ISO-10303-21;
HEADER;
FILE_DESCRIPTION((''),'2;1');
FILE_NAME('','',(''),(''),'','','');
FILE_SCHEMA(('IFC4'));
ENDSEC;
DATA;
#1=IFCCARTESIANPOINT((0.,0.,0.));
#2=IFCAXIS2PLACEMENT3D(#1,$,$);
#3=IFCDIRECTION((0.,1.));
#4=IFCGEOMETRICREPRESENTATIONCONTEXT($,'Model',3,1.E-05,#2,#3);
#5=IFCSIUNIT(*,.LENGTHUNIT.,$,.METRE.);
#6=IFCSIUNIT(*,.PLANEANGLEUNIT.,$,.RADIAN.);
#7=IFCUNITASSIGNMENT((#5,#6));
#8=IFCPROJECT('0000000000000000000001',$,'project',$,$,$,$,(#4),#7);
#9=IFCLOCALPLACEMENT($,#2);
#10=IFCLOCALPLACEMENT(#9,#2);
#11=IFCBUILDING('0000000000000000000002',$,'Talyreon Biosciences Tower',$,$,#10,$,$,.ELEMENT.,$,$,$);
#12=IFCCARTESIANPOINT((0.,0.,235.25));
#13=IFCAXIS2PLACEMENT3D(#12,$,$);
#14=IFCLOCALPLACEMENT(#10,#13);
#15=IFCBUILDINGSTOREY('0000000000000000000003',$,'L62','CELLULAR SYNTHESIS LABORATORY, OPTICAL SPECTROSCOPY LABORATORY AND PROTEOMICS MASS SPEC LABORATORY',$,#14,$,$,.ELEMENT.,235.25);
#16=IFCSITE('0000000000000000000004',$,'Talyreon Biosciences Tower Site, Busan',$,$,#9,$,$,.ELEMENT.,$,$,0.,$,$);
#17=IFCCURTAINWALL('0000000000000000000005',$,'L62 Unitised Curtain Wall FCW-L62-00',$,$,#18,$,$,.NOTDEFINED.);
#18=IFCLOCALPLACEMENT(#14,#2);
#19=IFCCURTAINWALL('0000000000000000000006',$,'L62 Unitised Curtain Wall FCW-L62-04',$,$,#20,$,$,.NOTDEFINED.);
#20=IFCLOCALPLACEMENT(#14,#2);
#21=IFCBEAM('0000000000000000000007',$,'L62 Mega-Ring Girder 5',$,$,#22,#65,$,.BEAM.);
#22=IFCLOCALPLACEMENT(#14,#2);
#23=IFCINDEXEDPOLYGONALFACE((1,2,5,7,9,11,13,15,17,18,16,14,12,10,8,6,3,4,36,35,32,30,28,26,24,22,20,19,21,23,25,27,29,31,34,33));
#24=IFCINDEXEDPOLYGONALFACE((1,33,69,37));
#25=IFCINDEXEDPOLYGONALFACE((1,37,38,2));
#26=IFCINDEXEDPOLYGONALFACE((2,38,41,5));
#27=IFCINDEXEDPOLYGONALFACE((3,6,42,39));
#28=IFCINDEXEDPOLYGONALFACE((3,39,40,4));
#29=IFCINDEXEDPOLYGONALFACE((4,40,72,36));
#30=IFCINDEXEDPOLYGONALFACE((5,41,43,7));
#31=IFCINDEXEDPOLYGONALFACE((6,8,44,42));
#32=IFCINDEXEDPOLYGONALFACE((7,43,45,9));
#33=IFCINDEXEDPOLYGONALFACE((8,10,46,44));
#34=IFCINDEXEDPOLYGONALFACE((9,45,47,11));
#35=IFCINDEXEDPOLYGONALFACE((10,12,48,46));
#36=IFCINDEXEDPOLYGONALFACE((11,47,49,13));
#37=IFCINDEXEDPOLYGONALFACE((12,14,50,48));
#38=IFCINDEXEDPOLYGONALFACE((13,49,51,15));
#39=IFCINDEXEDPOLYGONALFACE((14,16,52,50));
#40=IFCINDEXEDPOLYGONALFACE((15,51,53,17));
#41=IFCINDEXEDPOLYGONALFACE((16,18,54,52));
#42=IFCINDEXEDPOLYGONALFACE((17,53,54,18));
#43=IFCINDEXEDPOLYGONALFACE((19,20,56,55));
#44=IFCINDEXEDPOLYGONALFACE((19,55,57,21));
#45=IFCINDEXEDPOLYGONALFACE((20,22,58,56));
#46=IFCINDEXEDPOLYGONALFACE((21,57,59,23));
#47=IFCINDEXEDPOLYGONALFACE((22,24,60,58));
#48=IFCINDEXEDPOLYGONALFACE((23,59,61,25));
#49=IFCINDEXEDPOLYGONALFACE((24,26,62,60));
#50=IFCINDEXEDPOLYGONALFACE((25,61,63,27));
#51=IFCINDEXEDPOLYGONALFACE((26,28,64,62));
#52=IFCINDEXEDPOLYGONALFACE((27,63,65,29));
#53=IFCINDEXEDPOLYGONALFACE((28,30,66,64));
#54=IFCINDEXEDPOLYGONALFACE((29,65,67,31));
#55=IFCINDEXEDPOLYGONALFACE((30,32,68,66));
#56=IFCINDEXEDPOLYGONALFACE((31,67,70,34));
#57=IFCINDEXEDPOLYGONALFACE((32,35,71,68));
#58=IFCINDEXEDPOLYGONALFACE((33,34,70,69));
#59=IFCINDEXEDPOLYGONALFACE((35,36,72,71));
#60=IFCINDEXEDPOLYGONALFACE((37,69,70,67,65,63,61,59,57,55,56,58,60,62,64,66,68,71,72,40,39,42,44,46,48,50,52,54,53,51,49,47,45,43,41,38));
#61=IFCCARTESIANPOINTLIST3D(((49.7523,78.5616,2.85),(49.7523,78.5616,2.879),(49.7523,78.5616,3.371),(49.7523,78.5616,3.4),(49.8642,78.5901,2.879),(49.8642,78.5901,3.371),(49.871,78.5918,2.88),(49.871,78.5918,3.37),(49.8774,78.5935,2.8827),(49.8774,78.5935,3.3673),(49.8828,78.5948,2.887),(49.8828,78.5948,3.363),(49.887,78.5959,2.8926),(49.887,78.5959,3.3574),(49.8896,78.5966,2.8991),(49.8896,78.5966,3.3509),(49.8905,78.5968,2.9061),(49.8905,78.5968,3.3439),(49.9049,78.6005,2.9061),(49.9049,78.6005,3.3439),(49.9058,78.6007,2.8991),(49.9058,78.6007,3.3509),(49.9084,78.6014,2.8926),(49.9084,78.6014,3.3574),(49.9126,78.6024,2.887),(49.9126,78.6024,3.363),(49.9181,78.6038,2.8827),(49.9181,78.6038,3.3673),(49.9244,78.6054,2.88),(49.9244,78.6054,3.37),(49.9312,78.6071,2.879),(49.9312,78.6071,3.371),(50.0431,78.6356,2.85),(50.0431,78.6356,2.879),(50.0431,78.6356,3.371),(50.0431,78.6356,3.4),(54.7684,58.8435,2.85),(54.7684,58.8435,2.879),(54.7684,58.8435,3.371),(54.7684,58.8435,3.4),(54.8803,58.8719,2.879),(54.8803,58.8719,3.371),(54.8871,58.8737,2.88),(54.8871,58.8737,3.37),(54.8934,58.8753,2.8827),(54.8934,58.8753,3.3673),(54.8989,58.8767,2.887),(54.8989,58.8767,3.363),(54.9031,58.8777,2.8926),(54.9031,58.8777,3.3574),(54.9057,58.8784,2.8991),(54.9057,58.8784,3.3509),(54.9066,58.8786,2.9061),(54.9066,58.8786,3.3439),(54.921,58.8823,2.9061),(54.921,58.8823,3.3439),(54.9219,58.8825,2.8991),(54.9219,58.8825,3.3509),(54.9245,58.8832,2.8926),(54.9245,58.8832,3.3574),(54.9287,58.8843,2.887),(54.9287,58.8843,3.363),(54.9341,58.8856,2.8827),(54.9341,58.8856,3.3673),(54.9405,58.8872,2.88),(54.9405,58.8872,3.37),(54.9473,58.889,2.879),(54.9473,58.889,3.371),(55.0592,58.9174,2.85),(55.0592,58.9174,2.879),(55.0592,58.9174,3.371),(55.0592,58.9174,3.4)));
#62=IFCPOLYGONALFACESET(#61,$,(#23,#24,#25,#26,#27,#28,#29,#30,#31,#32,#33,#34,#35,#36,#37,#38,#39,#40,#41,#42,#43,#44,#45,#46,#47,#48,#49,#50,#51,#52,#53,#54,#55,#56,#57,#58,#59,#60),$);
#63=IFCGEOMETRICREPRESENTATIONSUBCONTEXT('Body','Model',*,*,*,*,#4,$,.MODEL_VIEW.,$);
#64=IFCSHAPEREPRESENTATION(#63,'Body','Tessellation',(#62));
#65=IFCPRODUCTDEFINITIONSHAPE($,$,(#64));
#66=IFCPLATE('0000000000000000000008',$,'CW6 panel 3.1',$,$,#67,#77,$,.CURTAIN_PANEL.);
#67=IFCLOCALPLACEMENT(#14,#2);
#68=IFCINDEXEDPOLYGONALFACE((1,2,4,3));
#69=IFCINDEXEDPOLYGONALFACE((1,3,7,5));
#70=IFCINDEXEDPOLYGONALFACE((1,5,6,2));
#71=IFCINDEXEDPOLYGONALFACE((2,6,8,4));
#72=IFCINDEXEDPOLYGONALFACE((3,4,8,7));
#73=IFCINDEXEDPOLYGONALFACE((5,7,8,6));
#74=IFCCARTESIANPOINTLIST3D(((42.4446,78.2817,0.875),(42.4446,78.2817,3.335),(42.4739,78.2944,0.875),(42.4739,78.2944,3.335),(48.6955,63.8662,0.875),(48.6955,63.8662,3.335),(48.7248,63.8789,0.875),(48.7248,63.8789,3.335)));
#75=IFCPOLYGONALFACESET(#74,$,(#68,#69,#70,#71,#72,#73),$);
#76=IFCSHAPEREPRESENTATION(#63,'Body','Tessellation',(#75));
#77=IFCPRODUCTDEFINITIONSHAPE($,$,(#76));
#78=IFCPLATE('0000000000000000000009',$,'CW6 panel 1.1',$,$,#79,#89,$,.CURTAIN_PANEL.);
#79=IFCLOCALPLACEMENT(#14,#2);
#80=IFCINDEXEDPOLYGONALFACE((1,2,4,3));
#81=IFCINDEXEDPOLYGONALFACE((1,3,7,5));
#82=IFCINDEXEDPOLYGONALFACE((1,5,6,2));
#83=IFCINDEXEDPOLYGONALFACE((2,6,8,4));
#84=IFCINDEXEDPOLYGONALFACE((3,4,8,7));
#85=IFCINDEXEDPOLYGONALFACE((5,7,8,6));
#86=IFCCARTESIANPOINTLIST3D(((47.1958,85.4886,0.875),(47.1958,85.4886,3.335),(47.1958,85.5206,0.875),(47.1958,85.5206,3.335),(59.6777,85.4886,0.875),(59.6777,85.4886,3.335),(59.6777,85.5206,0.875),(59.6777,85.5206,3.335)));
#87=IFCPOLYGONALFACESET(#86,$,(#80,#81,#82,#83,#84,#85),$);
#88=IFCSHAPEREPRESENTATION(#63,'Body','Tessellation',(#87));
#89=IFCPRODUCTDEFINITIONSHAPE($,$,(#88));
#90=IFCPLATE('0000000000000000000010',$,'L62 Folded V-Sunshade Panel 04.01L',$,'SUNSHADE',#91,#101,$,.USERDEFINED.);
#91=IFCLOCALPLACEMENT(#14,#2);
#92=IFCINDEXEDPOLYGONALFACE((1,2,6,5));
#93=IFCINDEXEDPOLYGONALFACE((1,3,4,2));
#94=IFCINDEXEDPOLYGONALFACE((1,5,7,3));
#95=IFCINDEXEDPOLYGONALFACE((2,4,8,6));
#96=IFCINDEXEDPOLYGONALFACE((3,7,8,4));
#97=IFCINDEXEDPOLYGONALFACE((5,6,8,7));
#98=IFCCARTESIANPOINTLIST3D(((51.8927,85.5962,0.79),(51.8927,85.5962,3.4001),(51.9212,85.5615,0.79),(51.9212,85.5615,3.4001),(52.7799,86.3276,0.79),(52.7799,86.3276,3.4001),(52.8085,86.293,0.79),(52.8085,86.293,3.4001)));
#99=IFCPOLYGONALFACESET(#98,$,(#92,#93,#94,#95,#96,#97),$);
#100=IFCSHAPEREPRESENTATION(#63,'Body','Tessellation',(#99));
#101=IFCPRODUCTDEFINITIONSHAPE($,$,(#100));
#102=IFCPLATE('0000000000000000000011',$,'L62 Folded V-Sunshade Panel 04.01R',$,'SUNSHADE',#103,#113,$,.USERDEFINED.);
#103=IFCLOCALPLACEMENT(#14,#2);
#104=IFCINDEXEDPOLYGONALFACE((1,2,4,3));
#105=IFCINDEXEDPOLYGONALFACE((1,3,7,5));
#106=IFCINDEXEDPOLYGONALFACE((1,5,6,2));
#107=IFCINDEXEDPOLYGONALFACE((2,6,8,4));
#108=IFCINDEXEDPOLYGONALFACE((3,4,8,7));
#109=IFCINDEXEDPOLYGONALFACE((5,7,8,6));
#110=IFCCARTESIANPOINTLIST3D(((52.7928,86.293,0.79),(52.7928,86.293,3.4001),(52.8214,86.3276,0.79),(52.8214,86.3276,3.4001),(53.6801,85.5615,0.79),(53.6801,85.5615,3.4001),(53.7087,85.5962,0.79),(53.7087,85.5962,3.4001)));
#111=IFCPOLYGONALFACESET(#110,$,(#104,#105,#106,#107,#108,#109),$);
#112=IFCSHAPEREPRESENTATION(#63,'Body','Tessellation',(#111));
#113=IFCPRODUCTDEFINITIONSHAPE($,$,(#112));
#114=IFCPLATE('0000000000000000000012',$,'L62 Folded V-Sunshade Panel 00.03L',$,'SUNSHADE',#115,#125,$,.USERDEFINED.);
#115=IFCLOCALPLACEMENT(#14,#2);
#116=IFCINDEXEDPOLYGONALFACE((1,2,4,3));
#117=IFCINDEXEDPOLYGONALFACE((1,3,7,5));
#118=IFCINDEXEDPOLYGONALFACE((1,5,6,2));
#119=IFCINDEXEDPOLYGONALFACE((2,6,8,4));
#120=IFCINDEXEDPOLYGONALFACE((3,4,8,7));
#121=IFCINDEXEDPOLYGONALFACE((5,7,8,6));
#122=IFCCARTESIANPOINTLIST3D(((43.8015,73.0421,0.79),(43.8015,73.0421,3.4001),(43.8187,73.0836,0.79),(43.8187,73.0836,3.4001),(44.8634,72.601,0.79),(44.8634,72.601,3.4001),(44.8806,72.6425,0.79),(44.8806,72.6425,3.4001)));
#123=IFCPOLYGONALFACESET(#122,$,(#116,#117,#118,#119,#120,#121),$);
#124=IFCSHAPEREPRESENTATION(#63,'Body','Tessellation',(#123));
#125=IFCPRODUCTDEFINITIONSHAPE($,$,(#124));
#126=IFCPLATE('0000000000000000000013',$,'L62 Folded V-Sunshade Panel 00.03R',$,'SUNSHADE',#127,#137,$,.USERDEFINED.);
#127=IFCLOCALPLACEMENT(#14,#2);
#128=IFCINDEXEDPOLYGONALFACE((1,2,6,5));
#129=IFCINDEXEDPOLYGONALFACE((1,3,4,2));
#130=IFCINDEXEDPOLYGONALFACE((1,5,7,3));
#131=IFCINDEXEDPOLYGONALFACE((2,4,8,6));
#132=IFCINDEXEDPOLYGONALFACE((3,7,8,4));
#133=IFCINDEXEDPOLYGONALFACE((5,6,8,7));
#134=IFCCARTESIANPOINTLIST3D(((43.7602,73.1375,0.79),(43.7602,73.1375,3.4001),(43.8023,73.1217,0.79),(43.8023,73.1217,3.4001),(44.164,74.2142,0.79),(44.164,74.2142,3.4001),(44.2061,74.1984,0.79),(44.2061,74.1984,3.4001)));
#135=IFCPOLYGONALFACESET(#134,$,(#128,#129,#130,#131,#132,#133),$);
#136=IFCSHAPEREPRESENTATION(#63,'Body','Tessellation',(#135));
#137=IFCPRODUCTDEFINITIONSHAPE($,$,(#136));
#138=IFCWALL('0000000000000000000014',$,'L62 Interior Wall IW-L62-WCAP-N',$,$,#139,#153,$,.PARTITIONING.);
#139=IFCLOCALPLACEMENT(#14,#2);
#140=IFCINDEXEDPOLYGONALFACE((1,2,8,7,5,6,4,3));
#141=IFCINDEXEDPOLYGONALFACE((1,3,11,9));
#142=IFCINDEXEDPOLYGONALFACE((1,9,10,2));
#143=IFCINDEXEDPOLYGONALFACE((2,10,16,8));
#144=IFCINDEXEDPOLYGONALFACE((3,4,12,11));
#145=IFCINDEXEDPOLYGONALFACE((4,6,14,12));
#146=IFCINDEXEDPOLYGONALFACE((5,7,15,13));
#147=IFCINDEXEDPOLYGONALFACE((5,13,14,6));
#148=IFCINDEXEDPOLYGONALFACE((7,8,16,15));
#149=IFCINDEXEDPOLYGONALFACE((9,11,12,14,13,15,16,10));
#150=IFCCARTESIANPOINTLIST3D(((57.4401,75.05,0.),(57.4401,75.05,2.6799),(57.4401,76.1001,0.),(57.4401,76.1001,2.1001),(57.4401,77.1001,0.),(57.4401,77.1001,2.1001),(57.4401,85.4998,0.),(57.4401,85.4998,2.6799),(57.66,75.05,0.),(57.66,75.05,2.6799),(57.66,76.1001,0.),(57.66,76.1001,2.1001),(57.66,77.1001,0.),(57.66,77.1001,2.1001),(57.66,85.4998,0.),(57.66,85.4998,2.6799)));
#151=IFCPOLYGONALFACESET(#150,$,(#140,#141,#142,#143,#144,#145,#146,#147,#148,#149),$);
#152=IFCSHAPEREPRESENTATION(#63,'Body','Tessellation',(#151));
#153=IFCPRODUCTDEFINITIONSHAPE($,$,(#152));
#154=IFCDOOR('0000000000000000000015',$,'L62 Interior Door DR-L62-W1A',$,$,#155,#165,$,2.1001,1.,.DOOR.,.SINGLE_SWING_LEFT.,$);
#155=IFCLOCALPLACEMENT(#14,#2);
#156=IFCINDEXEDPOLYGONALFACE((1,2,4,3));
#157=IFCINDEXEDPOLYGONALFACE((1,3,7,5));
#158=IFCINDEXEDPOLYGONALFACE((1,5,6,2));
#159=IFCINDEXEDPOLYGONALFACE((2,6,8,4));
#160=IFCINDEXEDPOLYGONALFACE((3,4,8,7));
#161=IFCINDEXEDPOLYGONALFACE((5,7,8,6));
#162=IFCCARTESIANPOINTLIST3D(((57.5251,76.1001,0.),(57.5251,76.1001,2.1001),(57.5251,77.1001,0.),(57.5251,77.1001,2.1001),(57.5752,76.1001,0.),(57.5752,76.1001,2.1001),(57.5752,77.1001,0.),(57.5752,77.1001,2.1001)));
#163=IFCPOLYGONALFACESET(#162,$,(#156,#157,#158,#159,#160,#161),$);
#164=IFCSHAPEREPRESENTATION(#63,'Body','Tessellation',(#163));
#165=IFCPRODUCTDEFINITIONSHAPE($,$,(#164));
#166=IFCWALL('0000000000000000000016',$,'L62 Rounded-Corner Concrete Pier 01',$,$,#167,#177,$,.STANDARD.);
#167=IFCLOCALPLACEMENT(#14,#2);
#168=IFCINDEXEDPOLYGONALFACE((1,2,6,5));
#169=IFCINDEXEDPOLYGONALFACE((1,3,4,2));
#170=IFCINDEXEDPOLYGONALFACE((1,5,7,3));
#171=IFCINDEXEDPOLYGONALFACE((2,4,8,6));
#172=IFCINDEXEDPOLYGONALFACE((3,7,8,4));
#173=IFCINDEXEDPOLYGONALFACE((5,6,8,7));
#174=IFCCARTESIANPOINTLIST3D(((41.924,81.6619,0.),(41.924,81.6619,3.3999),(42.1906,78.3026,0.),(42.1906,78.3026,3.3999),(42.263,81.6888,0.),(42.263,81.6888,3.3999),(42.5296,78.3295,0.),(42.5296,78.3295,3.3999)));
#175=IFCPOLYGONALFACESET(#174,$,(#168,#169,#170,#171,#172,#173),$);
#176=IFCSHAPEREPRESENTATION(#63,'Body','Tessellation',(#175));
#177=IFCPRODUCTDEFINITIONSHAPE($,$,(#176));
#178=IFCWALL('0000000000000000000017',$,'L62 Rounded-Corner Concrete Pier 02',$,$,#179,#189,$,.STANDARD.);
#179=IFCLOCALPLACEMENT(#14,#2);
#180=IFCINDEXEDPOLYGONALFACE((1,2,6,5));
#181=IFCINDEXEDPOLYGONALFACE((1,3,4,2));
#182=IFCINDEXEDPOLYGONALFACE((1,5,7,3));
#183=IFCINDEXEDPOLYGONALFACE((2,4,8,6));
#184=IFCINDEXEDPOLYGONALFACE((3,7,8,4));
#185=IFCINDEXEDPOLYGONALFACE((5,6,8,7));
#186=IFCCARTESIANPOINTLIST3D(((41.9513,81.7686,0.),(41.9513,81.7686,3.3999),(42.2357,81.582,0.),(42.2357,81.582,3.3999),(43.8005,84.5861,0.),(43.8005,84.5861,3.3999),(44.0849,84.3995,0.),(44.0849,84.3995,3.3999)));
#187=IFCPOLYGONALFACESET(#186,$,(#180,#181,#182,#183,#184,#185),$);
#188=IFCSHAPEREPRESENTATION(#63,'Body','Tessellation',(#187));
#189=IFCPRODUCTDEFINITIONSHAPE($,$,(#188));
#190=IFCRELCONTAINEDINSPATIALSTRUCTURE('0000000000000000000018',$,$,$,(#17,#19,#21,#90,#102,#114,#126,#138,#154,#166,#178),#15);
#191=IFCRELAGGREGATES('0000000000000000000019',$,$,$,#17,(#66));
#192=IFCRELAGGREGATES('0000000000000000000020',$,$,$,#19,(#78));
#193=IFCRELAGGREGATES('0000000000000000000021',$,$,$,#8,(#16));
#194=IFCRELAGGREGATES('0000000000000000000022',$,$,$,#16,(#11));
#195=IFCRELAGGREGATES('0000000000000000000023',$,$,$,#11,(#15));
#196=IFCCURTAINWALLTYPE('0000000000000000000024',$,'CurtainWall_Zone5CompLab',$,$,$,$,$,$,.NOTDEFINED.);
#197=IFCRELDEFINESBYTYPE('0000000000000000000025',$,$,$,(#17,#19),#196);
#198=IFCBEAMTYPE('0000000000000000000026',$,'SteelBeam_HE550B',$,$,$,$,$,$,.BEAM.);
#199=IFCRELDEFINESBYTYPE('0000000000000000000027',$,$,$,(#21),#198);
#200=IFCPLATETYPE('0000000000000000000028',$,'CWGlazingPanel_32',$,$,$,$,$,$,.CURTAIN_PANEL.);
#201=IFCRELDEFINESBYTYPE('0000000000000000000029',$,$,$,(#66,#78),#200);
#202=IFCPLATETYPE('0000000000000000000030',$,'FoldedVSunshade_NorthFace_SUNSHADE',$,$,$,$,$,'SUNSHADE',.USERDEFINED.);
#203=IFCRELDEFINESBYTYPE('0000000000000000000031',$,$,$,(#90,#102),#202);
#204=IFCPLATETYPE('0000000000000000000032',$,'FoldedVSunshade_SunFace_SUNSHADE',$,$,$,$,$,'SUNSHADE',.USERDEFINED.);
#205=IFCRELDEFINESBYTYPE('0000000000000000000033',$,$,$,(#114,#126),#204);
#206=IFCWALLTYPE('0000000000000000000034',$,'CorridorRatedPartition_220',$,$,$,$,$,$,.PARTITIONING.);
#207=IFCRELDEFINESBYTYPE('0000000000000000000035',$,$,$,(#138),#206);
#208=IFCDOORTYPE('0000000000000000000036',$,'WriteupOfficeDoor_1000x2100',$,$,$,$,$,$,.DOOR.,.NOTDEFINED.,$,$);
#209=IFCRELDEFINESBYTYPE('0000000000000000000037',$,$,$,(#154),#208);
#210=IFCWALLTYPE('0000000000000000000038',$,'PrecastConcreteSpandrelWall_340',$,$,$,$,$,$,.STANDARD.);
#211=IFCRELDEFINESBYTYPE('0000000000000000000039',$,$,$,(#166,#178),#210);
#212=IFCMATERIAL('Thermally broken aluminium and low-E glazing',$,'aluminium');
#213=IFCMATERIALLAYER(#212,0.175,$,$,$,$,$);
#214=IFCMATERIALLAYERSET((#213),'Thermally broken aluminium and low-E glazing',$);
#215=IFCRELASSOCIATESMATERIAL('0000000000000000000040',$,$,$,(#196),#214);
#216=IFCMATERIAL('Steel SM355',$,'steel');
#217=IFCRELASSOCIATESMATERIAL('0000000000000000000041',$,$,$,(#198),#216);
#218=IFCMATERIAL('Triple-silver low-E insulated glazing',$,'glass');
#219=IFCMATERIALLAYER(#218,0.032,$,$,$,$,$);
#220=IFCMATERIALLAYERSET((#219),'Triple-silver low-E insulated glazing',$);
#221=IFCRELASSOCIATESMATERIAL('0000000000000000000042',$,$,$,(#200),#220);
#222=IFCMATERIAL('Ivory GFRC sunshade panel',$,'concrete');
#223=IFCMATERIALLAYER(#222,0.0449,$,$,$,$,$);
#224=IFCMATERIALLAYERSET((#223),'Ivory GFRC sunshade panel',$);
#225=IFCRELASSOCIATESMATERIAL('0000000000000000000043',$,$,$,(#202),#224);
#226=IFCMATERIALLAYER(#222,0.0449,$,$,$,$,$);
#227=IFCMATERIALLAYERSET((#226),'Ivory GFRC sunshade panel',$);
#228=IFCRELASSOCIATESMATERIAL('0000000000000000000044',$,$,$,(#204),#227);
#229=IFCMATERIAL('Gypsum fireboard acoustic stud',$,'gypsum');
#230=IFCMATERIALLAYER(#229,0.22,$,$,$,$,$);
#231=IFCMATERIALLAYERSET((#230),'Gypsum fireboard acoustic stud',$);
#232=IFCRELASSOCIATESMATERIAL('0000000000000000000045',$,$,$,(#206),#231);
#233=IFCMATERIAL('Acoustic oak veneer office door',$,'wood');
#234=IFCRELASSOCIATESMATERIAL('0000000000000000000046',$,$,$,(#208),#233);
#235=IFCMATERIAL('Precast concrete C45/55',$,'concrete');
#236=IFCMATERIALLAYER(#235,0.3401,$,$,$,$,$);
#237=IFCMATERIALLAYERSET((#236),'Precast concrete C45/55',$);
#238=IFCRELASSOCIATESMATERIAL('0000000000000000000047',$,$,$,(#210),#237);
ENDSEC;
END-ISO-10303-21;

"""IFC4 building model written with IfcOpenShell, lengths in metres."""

from ifc_helpers import new_model, si_unit, direction, frame, frame_2d, origin, origin_2d, place, context, subcontext, project, spatial, rectangle, i_section, extrude, material, layer, layer_set, material_profile, profile_set, type_object, element, fill, aggregate, save


model = new_model("IFC4")

# Units and contexts
model_context = context("Model", 3, precision=1e-05, world=origin(), true_north=direction((0.0, 1.0)))
body_context = subcontext(model_context, "Body", "Model", "MODEL_VIEW")
ifc_project = project(units=[si_unit("LENGTHUNIT", "METRE"), si_unit("PLANEANGLEUNIT", "RADIAN")], contexts=[model_context])

# Site, building, storey
site_placement = place(None, origin())
site = spatial("IfcSite", under=ifc_project, at=site_placement, Name="Talyreon Biosciences Tower Site, Busan", CompositionType="ELEMENT", RefElevation=0.0)
building_placement = place(site_placement, origin())
building = spatial("IfcBuilding", under=site, at=building_placement, Name="Talyreon Biosciences Tower", CompositionType="ELEMENT")
storey_placement = place(building_placement, frame((0.0, 0.0, 235.25)))
storey = spatial("IfcBuildingStorey", under=building, at=storey_placement, Name="L62", Description="CELLULAR SYNTHESIS LABORATORY, OPTICAL SPECTROSCOPY LABORATORY AND PROTEOMICS MASS SPEC LABORATORY", CompositionType="ELEMENT", Elevation=235.25)

# Curtain walls
ifc_material_1 = material(Name="Thermally broken aluminium and low-E glazing", Category="aluminium")
ifc_layer_1 = layer(ifc_material_1, 0.175)
ifc_layer_set_1 = layer_set([ifc_layer_1], Name="Thermally broken aluminium and low-E glazing")
curtain_wall_type = type_object("IfcCurtainWallType", Name="CurtainWall_Zone5CompLab", PredefinedType="NOTDEFINED", material=ifc_layer_set_1)
curtain_wall_1_placement = place(storey_placement, origin())
curtain_wall_1 = element("IfcCurtainWall", 1, at=curtain_wall_1_placement, inside=storey, type_object=curtain_wall_type, Name="L62 Unitised Curtain Wall FCW-L62-00", PredefinedType="NOTDEFINED")
curtain_wall_2_placement = place(storey_placement, origin())
curtain_wall_2 = element("IfcCurtainWall", 2, at=curtain_wall_2_placement, inside=storey, type_object=curtain_wall_type, Name="L62 Unitised Curtain Wall FCW-L62-04", PredefinedType="NOTDEFINED")

# Beam
ifc_material_2 = material(Name="Precast concrete C45/55", Category="concrete")
ifc_material_3 = material(Name="Steel SM355", Category="steel")
ifc_material_profile_1 = material_profile(ifc_material_3, i_section(OverallWidth=0.3, OverallDepth=0.55, WebThickness=0.0149, FlangeThickness=0.0291, FilletRadius=0.0271, at=origin_2d()), Name="HE550B")
ifc_profile_set_1 = profile_set([ifc_material_profile_1], Name="Steel SM355")
beam_type_1 = type_object("IfcBeamType", Name="SteelBeam_HE550B", PredefinedType="BEAM", material=ifc_profile_set_1)
beam_1_placement = place(storey_placement, frame((49.8977, 78.5986, 3.125), z_axis=(0.246537, -0.969133, 0.0), x_axis=(0.969133, 0.246537, 0.0)))
element("IfcBeam", 3, at=beam_1_placement, inside=storey, type_object=beam_type_1, Name="L62 Mega-Ring Girder 5", PredefinedType="BEAM", context=body_context, shape_type="SweptSolid", body=[
    extrude(i_section(OverallWidth=0.3, OverallDepth=0.55, WebThickness=0.0149, FlangeThickness=0.0291, FilletRadius=0.0271, at=origin_2d()), origin(), (0.0, 0.0, 1.0), 20.3462),
])

# Plates
ifc_material_4 = material(Name="Triple-silver low-E insulated glazing", Category="glass")
ifc_layer_2 = layer(ifc_material_4, 0.032)
ifc_layer_set_2 = layer_set([ifc_layer_2], Name="Triple-silver low-E insulated glazing")
plate_type_1 = type_object("IfcPlateType", Name="CWGlazingPanel_32", PredefinedType="CURTAIN_PANEL", material=ifc_layer_set_2)
plate_1_placement = place(storey_placement, frame((45.5847, 71.0803, 0.875), z_axis=(0.0, 0.0, 1.0), x_axis=(-0.397832, 0.917458, 0.0)))
plate_1 = element("IfcPlate", 4, at=plate_1_placement, type_object=plate_type_1, Name="CW6 panel 3.1", PredefinedType="CURTAIN_PANEL", context=body_context, shape_type="SweptSolid", body=[
    extrude(rectangle(XDim=15.7124, YDim=0.032, at=origin_2d()), origin(), (0.0, 0.0, 1.0), 2.46),
])
aggregate(curtain_wall_1, [plate_1])
plate_2_placement = place(storey_placement, frame((53.4368, 85.5046, 0.875), z_axis=(0.0, 0.0, 1.0), x_axis=(1.0, 0.0, 0.0)))
plate_2 = element("IfcPlate", 5, at=plate_2_placement, type_object=plate_type_1, Name="CW6 panel 1.1", PredefinedType="CURTAIN_PANEL", context=body_context, shape_type="SweptSolid", body=[
    extrude(rectangle(XDim=12.4819, YDim=0.032, at=origin_2d()), origin(), (0.0, 0.0, 1.0), 2.46),
])
aggregate(curtain_wall_2, [plate_2])

# Plates
ifc_material_5 = material(Name="Ivory GFRC sunshade panel", Category="concrete")
ifc_layer_3 = layer(ifc_material_5, 0.0449)
ifc_layer_set_3 = layer_set([ifc_layer_3], Name="Ivory GFRC sunshade panel")
plate_type_2 = type_object("IfcPlateType", Name="FoldedVSunshade_NorthFace_SUNSHADE", ElementType="SUNSHADE", PredefinedType="USERDEFINED", material=ifc_layer_set_3)
for number, where, z_axis, x_axis, name in (
    (6, (52.3506, 85.9446, 0.79), (0.0, 0.0, 1.0), (0.771625, 0.636078, 0.0), "L62 Folded V-Sunshade Panel 04.01L"),
    (7, (53.2507, 85.9446, 0.79), (0.0, 0.0, 1.0), (0.771625, -0.636078, 0.0), "L62 Folded V-Sunshade Panel 04.01R"),
):
    element("IfcPlate", number, at=place(storey_placement, frame(where, z_axis=z_axis, x_axis=x_axis)), inside=storey, type_object=plate_type_2, Name=name, ObjectType="SUNSHADE", PredefinedType="USERDEFINED", context=body_context, shape_type="SweptSolid", body=[
        extrude(rectangle(XDim=1.1499, YDim=0.0449, at=origin_2d()), origin(), (0.0, 0.0, 1.0), 2.6101),
    ])
ifc_layer_4 = layer(ifc_material_5, 0.0449)
ifc_layer_set_4 = layer_set([ifc_layer_4], Name="Ivory GFRC sunshade panel")
plate_type_3 = type_object("IfcPlateType", Name="FoldedVSunshade_SunFace_SUNSHADE", ElementType="SUNSHADE", PredefinedType="USERDEFINED", material=ifc_layer_set_4)
for number, where, z_axis, x_axis, name in (
    (8, (44.3411, 72.8423, 0.79), (0.0, 0.0, 1.0), (-0.923498, 0.383602, 0.0), "L62 Folded V-Sunshade Panel 00.03L"),
    (9, (43.9832, 73.668, 0.79), (0.0, 0.0, 1.0), (0.351139, 0.936323, 0.0), "L62 Folded V-Sunshade Panel 00.03R"),
):
    element("IfcPlate", number, at=place(storey_placement, frame(where, z_axis=z_axis, x_axis=x_axis)), inside=storey, type_object=plate_type_3, Name=name, ObjectType="SUNSHADE", PredefinedType="USERDEFINED", context=body_context, shape_type="SweptSolid", body=[
        extrude(rectangle(XDim=1.1499, YDim=0.0449, at=origin_2d()), origin(), (0.0, 0.0, 1.0), 2.6101),
    ])

# Wall, opening, door
ifc_material_6 = material(Name="Gypsum fireboard acoustic stud", Category="gypsum")
ifc_layer_5 = layer(ifc_material_6, 0.22)
ifc_layer_set_5 = layer_set([ifc_layer_5], Name="Gypsum fireboard acoustic stud")
wall_type_1 = type_object("IfcWallType", Name="CorridorRatedPartition_220", PredefinedType="PARTITIONING", material=ifc_layer_set_5)
wall_1_placement = place(storey_placement, frame((57.55, 75.05, 0.0), z_axis=(0.0, 0.0, 1.0), x_axis=(0.0, 1.0, 0.0)))
wall_1 = element("IfcWall", 10, at=wall_1_placement, inside=storey, type_object=wall_type_1, Name="L62 Interior Wall IW-L62-WCAP-N", PredefinedType="PARTITIONING", context=body_context, shape_type="SweptSolid", body=[
    extrude(rectangle(XDim=10.4497, YDim=0.22, at=frame_2d((5.2249, 0.0))), origin(), (0.0, 0.0, 1.0), 2.6799),
])
opening_placement = place(wall_1_placement, frame((1.05, 0.0, 0.0)))
opening = element("IfcOpeningElement", 11, at=opening_placement, cuts=wall_1, PredefinedType="OPENING", context=body_context, shape_type="SweptSolid", body=[
    extrude(rectangle(XDim=1.0, YDim=2.1001, at=frame_2d((0.5, 1.05))), frame((0.0, 0.1199, 0.0), z_axis=(0.0, -1.0, 0.0), x_axis=(1.0, 0.0, 0.0)), (0.0, 0.0, 1.0), 0.24),
])
ifc_material_7 = material(Name="Acoustic oak veneer office door", Category="wood")
door_type = type_object("IfcDoorType", Name="WriteupOfficeDoor_1000x2100", OperationType="NOTDEFINED", PredefinedType="DOOR", material=ifc_material_7)
door_placement = place(opening_placement, origin())
door = element("IfcDoor", 12, at=door_placement, inside=storey, type_object=door_type, Name="L62 Interior Door DR-L62-W1A", OperationType="SINGLE_SWING_LEFT", OverallHeight=2.1001, OverallWidth=1.0, PredefinedType="DOOR", context=body_context, shape_type="SweptSolid", body=[
    extrude(rectangle(XDim=1.0, YDim=2.1001, at=frame_2d((0.5, 1.05))), frame((0.0, 0.0249, 0.0), z_axis=(0.0, -1.0, 0.0), x_axis=(1.0, 0.0, 0.0)), (0.0, 0.0, 1.0), 0.05),
])
fill(opening, door)

# Walls
ifc_layer_6 = layer(ifc_material_2, 0.3401)
ifc_layer_set_6 = layer_set([ifc_layer_6], Name="Precast concrete C45/55")
wall_type_2 = type_object("IfcWallType", Name="PrecastConcreteSpandrelWall_340", PredefinedType="STANDARD", material=ifc_layer_set_6)
wall_2_placement = place(storey_placement, frame((42.3601, 78.3159, 0.0), z_axis=(0.0, 0.0, 1.0), x_axis=(-0.079112, 0.996866, 0.0)))
element("IfcWall", 13, at=wall_2_placement, inside=storey, type_object=wall_type_2, Name="L62 Rounded-Corner Concrete Pier 01", PredefinedType="STANDARD", context=body_context, shape_type="SweptSolid", body=[
    extrude(rectangle(XDim=3.3699, YDim=0.3401, at=frame_2d((1.6851, 0.0))), origin(), (0.0, 0.0, 1.0), 3.3999),
])
wall_3_placement = place(storey_placement, frame((42.0935, 81.6753, 0.0), z_axis=(0.0, 0.0, 1.0), x_axis=(0.548701, 0.836019, 0.0)))
element("IfcWall", 14, at=wall_3_placement, inside=storey, type_object=wall_type_2, Name="L62 Rounded-Corner Concrete Pier 02", PredefinedType="STANDARD", context=body_context, shape_type="SweptSolid", body=[
    extrude(rectangle(XDim=3.3701, YDim=0.3401, at=frame_2d((1.6851, 0.0))), origin(), (0.0, 0.0, 1.0), 3.3999),
])

save(model, "model.ifc")
